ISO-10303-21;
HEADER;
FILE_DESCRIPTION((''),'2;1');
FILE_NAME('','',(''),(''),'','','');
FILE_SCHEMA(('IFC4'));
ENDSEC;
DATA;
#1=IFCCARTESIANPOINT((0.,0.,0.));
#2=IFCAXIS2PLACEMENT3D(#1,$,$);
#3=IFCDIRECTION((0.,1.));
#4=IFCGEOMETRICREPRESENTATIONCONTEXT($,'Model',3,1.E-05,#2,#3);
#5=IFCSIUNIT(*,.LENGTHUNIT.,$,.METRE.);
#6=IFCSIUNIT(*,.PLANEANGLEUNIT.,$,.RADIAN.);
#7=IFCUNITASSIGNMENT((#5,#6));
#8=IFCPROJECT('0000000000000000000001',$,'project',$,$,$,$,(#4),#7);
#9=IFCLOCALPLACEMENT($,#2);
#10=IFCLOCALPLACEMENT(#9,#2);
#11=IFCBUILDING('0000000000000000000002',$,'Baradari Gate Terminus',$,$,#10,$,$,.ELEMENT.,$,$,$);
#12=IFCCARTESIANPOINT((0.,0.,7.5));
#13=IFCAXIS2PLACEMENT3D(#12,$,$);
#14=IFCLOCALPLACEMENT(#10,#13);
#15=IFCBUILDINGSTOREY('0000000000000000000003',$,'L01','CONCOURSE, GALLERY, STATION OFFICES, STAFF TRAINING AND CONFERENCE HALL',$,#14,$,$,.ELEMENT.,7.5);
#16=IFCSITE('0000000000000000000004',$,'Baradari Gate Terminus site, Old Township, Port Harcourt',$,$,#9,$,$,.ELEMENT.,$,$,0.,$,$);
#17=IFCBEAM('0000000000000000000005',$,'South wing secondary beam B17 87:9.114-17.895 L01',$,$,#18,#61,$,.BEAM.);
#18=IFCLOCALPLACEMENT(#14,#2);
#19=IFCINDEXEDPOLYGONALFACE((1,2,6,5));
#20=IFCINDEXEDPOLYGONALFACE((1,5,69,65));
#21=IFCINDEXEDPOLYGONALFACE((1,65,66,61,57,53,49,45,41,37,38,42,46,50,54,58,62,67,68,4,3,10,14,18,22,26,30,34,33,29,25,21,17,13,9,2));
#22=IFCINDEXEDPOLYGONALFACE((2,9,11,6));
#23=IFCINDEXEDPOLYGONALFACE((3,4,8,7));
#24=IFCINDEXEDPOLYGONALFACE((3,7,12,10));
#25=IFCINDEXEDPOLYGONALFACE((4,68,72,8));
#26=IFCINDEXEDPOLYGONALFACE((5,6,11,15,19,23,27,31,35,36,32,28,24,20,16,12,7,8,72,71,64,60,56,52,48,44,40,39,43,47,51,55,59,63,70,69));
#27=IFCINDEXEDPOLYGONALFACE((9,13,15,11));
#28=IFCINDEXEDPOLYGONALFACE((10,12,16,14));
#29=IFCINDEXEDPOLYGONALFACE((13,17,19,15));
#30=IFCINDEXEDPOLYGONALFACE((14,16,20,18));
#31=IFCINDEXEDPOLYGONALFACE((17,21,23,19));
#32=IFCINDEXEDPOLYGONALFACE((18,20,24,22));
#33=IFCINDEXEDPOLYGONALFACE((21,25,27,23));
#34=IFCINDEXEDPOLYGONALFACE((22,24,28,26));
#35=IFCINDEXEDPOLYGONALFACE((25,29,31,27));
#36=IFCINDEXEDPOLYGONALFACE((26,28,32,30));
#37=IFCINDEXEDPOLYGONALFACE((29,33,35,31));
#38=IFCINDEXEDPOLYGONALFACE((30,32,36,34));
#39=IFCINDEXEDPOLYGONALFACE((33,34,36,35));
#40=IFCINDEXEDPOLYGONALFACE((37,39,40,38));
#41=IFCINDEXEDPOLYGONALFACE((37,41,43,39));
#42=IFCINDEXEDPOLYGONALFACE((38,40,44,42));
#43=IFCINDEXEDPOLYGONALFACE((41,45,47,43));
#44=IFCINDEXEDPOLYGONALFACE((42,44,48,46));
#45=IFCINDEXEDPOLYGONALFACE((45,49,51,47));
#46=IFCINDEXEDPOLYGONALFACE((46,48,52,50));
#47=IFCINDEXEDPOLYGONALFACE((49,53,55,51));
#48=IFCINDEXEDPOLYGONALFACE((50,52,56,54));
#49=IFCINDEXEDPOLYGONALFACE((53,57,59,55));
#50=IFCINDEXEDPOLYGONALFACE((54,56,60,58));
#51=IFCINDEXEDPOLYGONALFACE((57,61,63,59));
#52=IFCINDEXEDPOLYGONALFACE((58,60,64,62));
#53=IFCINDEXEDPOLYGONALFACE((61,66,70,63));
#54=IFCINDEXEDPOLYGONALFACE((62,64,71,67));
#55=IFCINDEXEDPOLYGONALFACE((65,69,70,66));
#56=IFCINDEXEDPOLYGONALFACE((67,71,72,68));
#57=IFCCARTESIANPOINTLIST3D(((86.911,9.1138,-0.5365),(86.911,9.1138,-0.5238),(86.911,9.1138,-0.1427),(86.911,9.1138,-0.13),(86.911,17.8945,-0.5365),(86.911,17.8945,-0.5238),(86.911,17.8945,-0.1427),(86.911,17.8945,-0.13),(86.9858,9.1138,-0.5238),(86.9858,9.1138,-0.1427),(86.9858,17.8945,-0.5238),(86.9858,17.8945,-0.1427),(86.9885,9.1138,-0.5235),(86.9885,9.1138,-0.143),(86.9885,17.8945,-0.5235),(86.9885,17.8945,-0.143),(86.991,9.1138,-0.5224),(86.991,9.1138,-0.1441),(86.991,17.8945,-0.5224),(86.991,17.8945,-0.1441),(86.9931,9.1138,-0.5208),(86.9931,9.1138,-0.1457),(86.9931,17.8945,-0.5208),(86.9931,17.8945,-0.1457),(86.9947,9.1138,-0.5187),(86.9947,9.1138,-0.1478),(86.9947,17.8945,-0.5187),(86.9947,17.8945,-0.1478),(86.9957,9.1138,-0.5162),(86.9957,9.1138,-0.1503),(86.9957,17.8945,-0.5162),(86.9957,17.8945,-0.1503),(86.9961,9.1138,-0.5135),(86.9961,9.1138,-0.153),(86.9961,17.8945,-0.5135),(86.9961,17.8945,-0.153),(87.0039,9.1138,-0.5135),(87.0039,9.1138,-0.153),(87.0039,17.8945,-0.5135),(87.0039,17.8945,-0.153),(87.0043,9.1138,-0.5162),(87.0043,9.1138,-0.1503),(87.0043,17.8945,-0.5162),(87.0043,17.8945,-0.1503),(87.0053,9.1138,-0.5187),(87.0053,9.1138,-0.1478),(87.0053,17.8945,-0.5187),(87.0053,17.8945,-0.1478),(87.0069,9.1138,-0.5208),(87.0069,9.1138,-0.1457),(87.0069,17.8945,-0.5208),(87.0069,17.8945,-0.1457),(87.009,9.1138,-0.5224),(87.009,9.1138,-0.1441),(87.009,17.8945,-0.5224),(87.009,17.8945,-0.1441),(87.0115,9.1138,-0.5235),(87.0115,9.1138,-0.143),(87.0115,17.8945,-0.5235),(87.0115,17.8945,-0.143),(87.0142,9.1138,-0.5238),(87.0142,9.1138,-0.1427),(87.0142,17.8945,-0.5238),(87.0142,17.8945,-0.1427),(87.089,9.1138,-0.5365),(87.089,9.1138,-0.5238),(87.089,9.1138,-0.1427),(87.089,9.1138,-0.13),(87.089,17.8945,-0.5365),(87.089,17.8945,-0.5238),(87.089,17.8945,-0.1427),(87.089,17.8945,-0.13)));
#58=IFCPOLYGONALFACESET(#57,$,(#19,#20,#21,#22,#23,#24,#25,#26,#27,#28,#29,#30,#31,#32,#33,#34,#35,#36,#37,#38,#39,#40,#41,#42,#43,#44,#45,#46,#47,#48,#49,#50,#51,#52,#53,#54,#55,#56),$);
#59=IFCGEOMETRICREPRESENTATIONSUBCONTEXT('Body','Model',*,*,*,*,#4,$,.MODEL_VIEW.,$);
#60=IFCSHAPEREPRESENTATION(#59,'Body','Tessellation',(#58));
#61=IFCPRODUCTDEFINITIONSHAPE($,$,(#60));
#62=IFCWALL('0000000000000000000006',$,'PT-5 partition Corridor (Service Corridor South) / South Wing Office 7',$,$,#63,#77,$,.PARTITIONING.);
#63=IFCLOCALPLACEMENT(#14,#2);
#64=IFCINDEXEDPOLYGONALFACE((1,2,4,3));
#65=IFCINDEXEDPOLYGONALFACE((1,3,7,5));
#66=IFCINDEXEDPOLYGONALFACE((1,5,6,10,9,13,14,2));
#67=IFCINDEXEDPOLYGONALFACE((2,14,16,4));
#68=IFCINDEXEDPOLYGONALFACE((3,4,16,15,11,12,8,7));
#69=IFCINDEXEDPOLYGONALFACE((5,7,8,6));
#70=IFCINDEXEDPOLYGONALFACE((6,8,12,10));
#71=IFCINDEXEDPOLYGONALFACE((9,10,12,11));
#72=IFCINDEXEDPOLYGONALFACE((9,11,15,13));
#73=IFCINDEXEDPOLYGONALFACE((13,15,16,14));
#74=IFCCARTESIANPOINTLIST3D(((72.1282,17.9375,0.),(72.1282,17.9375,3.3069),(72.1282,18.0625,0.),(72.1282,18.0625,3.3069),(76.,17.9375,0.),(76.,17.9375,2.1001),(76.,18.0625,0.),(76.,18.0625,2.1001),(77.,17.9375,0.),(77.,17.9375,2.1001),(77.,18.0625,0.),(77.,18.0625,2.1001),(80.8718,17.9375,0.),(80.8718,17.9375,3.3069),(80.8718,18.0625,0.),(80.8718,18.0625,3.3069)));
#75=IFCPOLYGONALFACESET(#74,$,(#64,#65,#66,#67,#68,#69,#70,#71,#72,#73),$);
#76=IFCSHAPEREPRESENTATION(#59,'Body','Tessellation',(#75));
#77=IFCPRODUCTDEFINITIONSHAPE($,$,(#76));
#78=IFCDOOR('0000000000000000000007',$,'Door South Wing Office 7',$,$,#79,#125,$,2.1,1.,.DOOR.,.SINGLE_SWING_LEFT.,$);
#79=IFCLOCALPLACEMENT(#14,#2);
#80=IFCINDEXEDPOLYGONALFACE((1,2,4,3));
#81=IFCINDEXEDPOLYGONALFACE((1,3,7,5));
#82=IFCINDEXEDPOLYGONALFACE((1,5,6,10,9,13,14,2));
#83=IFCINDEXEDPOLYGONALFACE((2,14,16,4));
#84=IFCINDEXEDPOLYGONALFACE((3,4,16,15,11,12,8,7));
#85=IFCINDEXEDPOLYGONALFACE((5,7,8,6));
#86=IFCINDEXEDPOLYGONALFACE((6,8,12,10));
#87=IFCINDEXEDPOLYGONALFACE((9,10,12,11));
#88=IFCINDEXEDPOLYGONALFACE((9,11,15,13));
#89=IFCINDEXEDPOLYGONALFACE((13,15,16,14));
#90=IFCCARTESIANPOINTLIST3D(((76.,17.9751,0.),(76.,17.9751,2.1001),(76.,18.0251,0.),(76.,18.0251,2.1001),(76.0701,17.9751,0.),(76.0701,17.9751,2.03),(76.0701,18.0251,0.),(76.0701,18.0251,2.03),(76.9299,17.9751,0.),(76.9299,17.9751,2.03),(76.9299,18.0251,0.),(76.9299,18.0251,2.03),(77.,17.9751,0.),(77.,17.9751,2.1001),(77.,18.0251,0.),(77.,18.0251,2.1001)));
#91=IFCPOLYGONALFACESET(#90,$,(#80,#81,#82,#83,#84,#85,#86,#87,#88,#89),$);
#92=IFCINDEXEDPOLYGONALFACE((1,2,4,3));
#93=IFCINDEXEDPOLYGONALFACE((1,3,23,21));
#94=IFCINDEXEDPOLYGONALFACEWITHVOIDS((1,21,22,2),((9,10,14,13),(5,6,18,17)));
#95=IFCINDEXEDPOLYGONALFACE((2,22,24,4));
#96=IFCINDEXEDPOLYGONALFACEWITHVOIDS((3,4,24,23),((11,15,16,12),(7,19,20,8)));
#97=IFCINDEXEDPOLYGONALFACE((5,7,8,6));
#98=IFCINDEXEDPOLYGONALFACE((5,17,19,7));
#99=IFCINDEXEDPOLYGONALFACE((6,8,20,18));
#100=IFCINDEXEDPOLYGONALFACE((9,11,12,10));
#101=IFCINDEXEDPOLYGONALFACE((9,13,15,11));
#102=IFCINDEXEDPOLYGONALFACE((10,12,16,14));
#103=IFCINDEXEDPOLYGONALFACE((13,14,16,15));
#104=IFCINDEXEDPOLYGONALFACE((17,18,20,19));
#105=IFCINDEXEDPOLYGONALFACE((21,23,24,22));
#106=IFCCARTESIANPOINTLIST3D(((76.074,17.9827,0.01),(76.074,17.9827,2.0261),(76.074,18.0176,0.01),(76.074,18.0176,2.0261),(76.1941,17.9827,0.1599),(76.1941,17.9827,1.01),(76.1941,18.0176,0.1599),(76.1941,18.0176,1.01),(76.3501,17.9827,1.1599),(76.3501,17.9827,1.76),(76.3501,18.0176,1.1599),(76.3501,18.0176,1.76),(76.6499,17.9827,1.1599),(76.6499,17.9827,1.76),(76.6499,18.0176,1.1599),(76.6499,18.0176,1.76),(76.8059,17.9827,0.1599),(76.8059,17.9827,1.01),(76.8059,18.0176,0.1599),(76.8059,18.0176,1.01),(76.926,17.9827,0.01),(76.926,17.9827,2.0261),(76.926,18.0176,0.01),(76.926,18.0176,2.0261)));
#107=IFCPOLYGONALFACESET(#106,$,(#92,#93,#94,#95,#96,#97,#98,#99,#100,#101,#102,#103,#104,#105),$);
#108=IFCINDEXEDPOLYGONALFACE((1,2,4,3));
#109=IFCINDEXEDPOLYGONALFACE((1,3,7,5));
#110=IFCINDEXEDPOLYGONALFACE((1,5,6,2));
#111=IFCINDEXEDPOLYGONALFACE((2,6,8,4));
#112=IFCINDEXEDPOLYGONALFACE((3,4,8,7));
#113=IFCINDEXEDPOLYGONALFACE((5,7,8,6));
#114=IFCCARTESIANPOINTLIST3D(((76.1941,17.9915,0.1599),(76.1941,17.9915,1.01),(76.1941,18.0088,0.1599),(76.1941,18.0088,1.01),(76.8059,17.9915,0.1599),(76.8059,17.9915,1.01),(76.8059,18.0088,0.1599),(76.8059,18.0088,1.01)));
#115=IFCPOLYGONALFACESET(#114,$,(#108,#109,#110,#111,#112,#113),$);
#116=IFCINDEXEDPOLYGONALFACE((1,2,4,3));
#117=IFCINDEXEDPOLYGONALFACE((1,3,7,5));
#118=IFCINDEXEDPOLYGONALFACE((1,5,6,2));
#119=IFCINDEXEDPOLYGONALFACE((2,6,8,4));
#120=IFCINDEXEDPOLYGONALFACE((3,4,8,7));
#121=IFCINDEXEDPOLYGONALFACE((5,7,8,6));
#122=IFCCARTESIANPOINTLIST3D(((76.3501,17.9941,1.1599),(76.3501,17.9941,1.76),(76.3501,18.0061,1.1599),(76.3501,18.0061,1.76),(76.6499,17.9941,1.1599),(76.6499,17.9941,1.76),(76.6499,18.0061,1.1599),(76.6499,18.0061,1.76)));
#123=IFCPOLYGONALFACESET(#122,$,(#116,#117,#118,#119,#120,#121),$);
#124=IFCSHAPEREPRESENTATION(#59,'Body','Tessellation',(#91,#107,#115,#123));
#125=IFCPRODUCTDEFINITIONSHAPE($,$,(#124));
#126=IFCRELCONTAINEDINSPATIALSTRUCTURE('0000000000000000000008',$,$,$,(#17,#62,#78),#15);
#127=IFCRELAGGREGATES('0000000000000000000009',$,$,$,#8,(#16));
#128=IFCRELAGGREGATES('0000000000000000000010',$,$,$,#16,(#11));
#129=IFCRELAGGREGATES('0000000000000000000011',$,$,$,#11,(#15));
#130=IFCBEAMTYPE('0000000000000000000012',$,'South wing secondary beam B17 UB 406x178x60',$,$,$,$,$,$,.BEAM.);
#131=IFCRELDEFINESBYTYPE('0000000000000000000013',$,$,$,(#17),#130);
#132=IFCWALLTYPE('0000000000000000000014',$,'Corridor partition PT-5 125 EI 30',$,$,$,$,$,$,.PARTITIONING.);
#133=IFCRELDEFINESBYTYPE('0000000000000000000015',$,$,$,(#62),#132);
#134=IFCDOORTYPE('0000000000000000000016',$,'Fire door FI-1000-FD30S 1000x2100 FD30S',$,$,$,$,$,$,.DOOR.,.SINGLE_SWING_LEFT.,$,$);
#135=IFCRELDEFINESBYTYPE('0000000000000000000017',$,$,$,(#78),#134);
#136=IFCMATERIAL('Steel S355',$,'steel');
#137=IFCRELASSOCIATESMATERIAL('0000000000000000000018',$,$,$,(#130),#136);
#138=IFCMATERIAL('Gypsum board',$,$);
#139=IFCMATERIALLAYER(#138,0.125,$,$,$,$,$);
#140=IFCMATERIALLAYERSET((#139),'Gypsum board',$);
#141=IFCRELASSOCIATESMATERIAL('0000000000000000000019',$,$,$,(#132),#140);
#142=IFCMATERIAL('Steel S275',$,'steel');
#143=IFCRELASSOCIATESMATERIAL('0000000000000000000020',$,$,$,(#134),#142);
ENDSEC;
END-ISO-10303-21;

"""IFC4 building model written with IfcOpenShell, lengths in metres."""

from ifc_helpers import new_model, si_unit, direction, frame, frame_2d, origin, origin_2d, place, context, subcontext, project, spatial, polyline, rectangle, i_section, outline, extrude, material, layer, layer_set, material_profile, profile_set, type_object, element, fill, save


model = new_model("IFC4")

# Units and contexts
model_context = context("Model", 3, precision=1e-05, world=origin(), true_north=direction((0.0, 1.0)))
body_context = subcontext(model_context, "Body", "Model", "MODEL_VIEW")
ifc_project = project(units=[si_unit("LENGTHUNIT", "METRE"), si_unit("PLANEANGLEUNIT", "RADIAN")], contexts=[model_context])

# Site, building, storey
site_placement = place(None, origin())
site = spatial("IfcSite", under=ifc_project, at=site_placement, Name="Baradari Gate Terminus site, Old Township, Port Harcourt", CompositionType="ELEMENT", RefElevation=0.0)
building_placement = place(site_placement, origin())
building = spatial("IfcBuilding", under=site, at=building_placement, Name="Baradari Gate Terminus", CompositionType="ELEMENT")
storey_placement = place(building_placement, frame((0.0, 0.0, 7.5)))
storey = spatial("IfcBuildingStorey", under=building, at=storey_placement, Name="L01", Description="CONCOURSE, GALLERY, STATION OFFICES, STAFF TRAINING AND CONFERENCE HALL", CompositionType="ELEMENT", Elevation=7.5)

# Beam
ifc_material_1 = material(Name="Steel S355", Category="steel")
ifc_material_profile_1 = material_profile(ifc_material_1, i_section(OverallWidth=0.178, OverallDepth=0.4065, WebThickness=0.0078, FlangeThickness=0.0127, FilletRadius=0.0103, at=origin_2d()), Name="UB 406x178x60")
ifc_profile_set_1 = profile_set([ifc_material_profile_1], Name="Steel S355")
beam_type_1 = type_object("IfcBeamType", Name="South wing secondary beam B17 UB 406x178x60", PredefinedType="BEAM", material=ifc_profile_set_1)
for number, where, z_axis, x_axis, name in (
    (1, (87.0, 9.1138, -0.3333), (0.0, 1.0, 0.0), (-1.0, 0.0, 0.0), "South wing secondary beam B17 87:9.114-17.895 L01"),
):
    element("IfcBeam", number, at=place(storey_placement, frame(where, z_axis=z_axis, x_axis=x_axis)), inside=storey, type_object=beam_type_1, Name=name, PredefinedType="BEAM", context=body_context, shape_type="SweptSolid", body=[
        extrude(i_section(OverallWidth=0.178, OverallDepth=0.4065, WebThickness=0.0078, FlangeThickness=0.0127, FilletRadius=0.0103, at=origin_2d()), origin(), (0.0, 0.0, 1.0), 8.7808),
    ])

# Wall, opening, door
ifc_material_2 = material(Name="Gypsum board")
ifc_layer_1 = layer(ifc_material_2, 0.125)
ifc_layer_set_1 = layer_set([ifc_layer_1], Name="Gypsum board")
wall_type_1 = type_object("IfcWallType", Name="Corridor partition PT-5 125 EI 30", PredefinedType="PARTITIONING", material=ifc_layer_set_1)
wall_1_placement = place(storey_placement, frame((80.8718, 18.0, 0.0), z_axis=(0.0, 0.0, 1.0), x_axis=(-1.0, 0.0, 0.0)))
wall_1 = element("IfcWall", 2, at=wall_1_placement, inside=storey, type_object=wall_type_1, Name="PT-5 partition Corridor (Service Corridor South) / South Wing Office 7", PredefinedType="PARTITIONING", context=body_context, shape_type="SweptSolid", body=[
    extrude(rectangle(XDim=8.7437, YDim=0.125, at=frame_2d((4.3718, 0.0))), origin(), (0.0, 0.0, 1.0), 3.3069),
])
opening_1_placement = place(wall_1_placement, frame((3.8718, 0.0, 0.0)))
opening_1 = element("IfcOpeningElement", 3, at=opening_1_placement, cuts=wall_1, PredefinedType="OPENING", context=body_context, shape_type="SweptSolid", body=[
    extrude(rectangle(XDim=1.0, YDim=2.1001, at=frame_2d((0.5, 1.05))), frame((0.0, 0.0725, 0.0), z_axis=(0.0, -1.0, 0.0), x_axis=(1.0, 0.0, 0.0)), (0.0, 0.0, 1.0), 0.145),
])
ifc_material_3 = material(Name="Steel S275", Category="steel")
door_type = type_object("IfcDoorType", Name="Fire door FI-1000-FD30S 1000x2100 FD30S", OperationType="SINGLE_SWING_LEFT", PredefinedType="DOOR", material=ifc_material_3)
door_placement = place(opening_1_placement, origin())
door = element("IfcDoor", 4, at=door_placement, inside=storey, type_object=door_type, Name="Door South Wing Office 7", OperationType="SINGLE_SWING_LEFT", OverallHeight=2.1, OverallWidth=1.0, PredefinedType="DOOR", context=body_context, shape_type="SweptSolid", body=[
    extrude(outline(polyline([(0.0, 0.0), (0.0701, 0.0), (0.0701, 2.03), (0.9299, 2.03), (0.9299, 0.0), (1.0, 0.0), (1.0, 2.1001), (0.0, 2.1001), (0.0, 0.0)])), frame((0.0, 0.0249, 0.0), z_axis=(0.0, -1.0, 0.0), x_axis=(1.0, 0.0, 0.0)), (0.0, 0.0, 1.0), 0.05),
    extrude(outline(polyline([(0.074, 0.01), (0.926, 0.01), (0.926, 2.0261), (0.074, 2.0261), (0.074, 0.01)]), holes=[polyline([(0.1941, 0.1599), (0.8059, 0.1599), (0.8059, 1.01), (0.1941, 1.01), (0.1941, 0.1599)]), polyline([(0.3501, 1.1599), (0.6499, 1.1599), (0.6499, 1.76), (0.3501, 1.76), (0.3501, 1.1599)])]), frame((0.0, 0.0173, 0.0), z_axis=(0.0, -1.0, 0.0), x_axis=(1.0, 0.0, 0.0)), (0.0, 0.0, 1.0), 0.0349),
    extrude(rectangle(XDim=0.6118, YDim=0.8501, at=frame_2d((0.5, 0.585))), frame((0.0, 0.0085, 0.0), z_axis=(0.0, -1.0, 0.0), x_axis=(1.0, 0.0, 0.0)), (0.0, 0.0, 1.0), 0.0173),
    extrude(rectangle(XDim=0.2998, YDim=0.6001, at=frame_2d((0.5, 1.46))), frame((0.0, 0.0059, 0.0), z_axis=(0.0, -1.0, 0.0), x_axis=(1.0, 0.0, 0.0)), (0.0, 0.0, 1.0), 0.012),
])
fill(opening_1, door)

save(model, "model.ifc")
